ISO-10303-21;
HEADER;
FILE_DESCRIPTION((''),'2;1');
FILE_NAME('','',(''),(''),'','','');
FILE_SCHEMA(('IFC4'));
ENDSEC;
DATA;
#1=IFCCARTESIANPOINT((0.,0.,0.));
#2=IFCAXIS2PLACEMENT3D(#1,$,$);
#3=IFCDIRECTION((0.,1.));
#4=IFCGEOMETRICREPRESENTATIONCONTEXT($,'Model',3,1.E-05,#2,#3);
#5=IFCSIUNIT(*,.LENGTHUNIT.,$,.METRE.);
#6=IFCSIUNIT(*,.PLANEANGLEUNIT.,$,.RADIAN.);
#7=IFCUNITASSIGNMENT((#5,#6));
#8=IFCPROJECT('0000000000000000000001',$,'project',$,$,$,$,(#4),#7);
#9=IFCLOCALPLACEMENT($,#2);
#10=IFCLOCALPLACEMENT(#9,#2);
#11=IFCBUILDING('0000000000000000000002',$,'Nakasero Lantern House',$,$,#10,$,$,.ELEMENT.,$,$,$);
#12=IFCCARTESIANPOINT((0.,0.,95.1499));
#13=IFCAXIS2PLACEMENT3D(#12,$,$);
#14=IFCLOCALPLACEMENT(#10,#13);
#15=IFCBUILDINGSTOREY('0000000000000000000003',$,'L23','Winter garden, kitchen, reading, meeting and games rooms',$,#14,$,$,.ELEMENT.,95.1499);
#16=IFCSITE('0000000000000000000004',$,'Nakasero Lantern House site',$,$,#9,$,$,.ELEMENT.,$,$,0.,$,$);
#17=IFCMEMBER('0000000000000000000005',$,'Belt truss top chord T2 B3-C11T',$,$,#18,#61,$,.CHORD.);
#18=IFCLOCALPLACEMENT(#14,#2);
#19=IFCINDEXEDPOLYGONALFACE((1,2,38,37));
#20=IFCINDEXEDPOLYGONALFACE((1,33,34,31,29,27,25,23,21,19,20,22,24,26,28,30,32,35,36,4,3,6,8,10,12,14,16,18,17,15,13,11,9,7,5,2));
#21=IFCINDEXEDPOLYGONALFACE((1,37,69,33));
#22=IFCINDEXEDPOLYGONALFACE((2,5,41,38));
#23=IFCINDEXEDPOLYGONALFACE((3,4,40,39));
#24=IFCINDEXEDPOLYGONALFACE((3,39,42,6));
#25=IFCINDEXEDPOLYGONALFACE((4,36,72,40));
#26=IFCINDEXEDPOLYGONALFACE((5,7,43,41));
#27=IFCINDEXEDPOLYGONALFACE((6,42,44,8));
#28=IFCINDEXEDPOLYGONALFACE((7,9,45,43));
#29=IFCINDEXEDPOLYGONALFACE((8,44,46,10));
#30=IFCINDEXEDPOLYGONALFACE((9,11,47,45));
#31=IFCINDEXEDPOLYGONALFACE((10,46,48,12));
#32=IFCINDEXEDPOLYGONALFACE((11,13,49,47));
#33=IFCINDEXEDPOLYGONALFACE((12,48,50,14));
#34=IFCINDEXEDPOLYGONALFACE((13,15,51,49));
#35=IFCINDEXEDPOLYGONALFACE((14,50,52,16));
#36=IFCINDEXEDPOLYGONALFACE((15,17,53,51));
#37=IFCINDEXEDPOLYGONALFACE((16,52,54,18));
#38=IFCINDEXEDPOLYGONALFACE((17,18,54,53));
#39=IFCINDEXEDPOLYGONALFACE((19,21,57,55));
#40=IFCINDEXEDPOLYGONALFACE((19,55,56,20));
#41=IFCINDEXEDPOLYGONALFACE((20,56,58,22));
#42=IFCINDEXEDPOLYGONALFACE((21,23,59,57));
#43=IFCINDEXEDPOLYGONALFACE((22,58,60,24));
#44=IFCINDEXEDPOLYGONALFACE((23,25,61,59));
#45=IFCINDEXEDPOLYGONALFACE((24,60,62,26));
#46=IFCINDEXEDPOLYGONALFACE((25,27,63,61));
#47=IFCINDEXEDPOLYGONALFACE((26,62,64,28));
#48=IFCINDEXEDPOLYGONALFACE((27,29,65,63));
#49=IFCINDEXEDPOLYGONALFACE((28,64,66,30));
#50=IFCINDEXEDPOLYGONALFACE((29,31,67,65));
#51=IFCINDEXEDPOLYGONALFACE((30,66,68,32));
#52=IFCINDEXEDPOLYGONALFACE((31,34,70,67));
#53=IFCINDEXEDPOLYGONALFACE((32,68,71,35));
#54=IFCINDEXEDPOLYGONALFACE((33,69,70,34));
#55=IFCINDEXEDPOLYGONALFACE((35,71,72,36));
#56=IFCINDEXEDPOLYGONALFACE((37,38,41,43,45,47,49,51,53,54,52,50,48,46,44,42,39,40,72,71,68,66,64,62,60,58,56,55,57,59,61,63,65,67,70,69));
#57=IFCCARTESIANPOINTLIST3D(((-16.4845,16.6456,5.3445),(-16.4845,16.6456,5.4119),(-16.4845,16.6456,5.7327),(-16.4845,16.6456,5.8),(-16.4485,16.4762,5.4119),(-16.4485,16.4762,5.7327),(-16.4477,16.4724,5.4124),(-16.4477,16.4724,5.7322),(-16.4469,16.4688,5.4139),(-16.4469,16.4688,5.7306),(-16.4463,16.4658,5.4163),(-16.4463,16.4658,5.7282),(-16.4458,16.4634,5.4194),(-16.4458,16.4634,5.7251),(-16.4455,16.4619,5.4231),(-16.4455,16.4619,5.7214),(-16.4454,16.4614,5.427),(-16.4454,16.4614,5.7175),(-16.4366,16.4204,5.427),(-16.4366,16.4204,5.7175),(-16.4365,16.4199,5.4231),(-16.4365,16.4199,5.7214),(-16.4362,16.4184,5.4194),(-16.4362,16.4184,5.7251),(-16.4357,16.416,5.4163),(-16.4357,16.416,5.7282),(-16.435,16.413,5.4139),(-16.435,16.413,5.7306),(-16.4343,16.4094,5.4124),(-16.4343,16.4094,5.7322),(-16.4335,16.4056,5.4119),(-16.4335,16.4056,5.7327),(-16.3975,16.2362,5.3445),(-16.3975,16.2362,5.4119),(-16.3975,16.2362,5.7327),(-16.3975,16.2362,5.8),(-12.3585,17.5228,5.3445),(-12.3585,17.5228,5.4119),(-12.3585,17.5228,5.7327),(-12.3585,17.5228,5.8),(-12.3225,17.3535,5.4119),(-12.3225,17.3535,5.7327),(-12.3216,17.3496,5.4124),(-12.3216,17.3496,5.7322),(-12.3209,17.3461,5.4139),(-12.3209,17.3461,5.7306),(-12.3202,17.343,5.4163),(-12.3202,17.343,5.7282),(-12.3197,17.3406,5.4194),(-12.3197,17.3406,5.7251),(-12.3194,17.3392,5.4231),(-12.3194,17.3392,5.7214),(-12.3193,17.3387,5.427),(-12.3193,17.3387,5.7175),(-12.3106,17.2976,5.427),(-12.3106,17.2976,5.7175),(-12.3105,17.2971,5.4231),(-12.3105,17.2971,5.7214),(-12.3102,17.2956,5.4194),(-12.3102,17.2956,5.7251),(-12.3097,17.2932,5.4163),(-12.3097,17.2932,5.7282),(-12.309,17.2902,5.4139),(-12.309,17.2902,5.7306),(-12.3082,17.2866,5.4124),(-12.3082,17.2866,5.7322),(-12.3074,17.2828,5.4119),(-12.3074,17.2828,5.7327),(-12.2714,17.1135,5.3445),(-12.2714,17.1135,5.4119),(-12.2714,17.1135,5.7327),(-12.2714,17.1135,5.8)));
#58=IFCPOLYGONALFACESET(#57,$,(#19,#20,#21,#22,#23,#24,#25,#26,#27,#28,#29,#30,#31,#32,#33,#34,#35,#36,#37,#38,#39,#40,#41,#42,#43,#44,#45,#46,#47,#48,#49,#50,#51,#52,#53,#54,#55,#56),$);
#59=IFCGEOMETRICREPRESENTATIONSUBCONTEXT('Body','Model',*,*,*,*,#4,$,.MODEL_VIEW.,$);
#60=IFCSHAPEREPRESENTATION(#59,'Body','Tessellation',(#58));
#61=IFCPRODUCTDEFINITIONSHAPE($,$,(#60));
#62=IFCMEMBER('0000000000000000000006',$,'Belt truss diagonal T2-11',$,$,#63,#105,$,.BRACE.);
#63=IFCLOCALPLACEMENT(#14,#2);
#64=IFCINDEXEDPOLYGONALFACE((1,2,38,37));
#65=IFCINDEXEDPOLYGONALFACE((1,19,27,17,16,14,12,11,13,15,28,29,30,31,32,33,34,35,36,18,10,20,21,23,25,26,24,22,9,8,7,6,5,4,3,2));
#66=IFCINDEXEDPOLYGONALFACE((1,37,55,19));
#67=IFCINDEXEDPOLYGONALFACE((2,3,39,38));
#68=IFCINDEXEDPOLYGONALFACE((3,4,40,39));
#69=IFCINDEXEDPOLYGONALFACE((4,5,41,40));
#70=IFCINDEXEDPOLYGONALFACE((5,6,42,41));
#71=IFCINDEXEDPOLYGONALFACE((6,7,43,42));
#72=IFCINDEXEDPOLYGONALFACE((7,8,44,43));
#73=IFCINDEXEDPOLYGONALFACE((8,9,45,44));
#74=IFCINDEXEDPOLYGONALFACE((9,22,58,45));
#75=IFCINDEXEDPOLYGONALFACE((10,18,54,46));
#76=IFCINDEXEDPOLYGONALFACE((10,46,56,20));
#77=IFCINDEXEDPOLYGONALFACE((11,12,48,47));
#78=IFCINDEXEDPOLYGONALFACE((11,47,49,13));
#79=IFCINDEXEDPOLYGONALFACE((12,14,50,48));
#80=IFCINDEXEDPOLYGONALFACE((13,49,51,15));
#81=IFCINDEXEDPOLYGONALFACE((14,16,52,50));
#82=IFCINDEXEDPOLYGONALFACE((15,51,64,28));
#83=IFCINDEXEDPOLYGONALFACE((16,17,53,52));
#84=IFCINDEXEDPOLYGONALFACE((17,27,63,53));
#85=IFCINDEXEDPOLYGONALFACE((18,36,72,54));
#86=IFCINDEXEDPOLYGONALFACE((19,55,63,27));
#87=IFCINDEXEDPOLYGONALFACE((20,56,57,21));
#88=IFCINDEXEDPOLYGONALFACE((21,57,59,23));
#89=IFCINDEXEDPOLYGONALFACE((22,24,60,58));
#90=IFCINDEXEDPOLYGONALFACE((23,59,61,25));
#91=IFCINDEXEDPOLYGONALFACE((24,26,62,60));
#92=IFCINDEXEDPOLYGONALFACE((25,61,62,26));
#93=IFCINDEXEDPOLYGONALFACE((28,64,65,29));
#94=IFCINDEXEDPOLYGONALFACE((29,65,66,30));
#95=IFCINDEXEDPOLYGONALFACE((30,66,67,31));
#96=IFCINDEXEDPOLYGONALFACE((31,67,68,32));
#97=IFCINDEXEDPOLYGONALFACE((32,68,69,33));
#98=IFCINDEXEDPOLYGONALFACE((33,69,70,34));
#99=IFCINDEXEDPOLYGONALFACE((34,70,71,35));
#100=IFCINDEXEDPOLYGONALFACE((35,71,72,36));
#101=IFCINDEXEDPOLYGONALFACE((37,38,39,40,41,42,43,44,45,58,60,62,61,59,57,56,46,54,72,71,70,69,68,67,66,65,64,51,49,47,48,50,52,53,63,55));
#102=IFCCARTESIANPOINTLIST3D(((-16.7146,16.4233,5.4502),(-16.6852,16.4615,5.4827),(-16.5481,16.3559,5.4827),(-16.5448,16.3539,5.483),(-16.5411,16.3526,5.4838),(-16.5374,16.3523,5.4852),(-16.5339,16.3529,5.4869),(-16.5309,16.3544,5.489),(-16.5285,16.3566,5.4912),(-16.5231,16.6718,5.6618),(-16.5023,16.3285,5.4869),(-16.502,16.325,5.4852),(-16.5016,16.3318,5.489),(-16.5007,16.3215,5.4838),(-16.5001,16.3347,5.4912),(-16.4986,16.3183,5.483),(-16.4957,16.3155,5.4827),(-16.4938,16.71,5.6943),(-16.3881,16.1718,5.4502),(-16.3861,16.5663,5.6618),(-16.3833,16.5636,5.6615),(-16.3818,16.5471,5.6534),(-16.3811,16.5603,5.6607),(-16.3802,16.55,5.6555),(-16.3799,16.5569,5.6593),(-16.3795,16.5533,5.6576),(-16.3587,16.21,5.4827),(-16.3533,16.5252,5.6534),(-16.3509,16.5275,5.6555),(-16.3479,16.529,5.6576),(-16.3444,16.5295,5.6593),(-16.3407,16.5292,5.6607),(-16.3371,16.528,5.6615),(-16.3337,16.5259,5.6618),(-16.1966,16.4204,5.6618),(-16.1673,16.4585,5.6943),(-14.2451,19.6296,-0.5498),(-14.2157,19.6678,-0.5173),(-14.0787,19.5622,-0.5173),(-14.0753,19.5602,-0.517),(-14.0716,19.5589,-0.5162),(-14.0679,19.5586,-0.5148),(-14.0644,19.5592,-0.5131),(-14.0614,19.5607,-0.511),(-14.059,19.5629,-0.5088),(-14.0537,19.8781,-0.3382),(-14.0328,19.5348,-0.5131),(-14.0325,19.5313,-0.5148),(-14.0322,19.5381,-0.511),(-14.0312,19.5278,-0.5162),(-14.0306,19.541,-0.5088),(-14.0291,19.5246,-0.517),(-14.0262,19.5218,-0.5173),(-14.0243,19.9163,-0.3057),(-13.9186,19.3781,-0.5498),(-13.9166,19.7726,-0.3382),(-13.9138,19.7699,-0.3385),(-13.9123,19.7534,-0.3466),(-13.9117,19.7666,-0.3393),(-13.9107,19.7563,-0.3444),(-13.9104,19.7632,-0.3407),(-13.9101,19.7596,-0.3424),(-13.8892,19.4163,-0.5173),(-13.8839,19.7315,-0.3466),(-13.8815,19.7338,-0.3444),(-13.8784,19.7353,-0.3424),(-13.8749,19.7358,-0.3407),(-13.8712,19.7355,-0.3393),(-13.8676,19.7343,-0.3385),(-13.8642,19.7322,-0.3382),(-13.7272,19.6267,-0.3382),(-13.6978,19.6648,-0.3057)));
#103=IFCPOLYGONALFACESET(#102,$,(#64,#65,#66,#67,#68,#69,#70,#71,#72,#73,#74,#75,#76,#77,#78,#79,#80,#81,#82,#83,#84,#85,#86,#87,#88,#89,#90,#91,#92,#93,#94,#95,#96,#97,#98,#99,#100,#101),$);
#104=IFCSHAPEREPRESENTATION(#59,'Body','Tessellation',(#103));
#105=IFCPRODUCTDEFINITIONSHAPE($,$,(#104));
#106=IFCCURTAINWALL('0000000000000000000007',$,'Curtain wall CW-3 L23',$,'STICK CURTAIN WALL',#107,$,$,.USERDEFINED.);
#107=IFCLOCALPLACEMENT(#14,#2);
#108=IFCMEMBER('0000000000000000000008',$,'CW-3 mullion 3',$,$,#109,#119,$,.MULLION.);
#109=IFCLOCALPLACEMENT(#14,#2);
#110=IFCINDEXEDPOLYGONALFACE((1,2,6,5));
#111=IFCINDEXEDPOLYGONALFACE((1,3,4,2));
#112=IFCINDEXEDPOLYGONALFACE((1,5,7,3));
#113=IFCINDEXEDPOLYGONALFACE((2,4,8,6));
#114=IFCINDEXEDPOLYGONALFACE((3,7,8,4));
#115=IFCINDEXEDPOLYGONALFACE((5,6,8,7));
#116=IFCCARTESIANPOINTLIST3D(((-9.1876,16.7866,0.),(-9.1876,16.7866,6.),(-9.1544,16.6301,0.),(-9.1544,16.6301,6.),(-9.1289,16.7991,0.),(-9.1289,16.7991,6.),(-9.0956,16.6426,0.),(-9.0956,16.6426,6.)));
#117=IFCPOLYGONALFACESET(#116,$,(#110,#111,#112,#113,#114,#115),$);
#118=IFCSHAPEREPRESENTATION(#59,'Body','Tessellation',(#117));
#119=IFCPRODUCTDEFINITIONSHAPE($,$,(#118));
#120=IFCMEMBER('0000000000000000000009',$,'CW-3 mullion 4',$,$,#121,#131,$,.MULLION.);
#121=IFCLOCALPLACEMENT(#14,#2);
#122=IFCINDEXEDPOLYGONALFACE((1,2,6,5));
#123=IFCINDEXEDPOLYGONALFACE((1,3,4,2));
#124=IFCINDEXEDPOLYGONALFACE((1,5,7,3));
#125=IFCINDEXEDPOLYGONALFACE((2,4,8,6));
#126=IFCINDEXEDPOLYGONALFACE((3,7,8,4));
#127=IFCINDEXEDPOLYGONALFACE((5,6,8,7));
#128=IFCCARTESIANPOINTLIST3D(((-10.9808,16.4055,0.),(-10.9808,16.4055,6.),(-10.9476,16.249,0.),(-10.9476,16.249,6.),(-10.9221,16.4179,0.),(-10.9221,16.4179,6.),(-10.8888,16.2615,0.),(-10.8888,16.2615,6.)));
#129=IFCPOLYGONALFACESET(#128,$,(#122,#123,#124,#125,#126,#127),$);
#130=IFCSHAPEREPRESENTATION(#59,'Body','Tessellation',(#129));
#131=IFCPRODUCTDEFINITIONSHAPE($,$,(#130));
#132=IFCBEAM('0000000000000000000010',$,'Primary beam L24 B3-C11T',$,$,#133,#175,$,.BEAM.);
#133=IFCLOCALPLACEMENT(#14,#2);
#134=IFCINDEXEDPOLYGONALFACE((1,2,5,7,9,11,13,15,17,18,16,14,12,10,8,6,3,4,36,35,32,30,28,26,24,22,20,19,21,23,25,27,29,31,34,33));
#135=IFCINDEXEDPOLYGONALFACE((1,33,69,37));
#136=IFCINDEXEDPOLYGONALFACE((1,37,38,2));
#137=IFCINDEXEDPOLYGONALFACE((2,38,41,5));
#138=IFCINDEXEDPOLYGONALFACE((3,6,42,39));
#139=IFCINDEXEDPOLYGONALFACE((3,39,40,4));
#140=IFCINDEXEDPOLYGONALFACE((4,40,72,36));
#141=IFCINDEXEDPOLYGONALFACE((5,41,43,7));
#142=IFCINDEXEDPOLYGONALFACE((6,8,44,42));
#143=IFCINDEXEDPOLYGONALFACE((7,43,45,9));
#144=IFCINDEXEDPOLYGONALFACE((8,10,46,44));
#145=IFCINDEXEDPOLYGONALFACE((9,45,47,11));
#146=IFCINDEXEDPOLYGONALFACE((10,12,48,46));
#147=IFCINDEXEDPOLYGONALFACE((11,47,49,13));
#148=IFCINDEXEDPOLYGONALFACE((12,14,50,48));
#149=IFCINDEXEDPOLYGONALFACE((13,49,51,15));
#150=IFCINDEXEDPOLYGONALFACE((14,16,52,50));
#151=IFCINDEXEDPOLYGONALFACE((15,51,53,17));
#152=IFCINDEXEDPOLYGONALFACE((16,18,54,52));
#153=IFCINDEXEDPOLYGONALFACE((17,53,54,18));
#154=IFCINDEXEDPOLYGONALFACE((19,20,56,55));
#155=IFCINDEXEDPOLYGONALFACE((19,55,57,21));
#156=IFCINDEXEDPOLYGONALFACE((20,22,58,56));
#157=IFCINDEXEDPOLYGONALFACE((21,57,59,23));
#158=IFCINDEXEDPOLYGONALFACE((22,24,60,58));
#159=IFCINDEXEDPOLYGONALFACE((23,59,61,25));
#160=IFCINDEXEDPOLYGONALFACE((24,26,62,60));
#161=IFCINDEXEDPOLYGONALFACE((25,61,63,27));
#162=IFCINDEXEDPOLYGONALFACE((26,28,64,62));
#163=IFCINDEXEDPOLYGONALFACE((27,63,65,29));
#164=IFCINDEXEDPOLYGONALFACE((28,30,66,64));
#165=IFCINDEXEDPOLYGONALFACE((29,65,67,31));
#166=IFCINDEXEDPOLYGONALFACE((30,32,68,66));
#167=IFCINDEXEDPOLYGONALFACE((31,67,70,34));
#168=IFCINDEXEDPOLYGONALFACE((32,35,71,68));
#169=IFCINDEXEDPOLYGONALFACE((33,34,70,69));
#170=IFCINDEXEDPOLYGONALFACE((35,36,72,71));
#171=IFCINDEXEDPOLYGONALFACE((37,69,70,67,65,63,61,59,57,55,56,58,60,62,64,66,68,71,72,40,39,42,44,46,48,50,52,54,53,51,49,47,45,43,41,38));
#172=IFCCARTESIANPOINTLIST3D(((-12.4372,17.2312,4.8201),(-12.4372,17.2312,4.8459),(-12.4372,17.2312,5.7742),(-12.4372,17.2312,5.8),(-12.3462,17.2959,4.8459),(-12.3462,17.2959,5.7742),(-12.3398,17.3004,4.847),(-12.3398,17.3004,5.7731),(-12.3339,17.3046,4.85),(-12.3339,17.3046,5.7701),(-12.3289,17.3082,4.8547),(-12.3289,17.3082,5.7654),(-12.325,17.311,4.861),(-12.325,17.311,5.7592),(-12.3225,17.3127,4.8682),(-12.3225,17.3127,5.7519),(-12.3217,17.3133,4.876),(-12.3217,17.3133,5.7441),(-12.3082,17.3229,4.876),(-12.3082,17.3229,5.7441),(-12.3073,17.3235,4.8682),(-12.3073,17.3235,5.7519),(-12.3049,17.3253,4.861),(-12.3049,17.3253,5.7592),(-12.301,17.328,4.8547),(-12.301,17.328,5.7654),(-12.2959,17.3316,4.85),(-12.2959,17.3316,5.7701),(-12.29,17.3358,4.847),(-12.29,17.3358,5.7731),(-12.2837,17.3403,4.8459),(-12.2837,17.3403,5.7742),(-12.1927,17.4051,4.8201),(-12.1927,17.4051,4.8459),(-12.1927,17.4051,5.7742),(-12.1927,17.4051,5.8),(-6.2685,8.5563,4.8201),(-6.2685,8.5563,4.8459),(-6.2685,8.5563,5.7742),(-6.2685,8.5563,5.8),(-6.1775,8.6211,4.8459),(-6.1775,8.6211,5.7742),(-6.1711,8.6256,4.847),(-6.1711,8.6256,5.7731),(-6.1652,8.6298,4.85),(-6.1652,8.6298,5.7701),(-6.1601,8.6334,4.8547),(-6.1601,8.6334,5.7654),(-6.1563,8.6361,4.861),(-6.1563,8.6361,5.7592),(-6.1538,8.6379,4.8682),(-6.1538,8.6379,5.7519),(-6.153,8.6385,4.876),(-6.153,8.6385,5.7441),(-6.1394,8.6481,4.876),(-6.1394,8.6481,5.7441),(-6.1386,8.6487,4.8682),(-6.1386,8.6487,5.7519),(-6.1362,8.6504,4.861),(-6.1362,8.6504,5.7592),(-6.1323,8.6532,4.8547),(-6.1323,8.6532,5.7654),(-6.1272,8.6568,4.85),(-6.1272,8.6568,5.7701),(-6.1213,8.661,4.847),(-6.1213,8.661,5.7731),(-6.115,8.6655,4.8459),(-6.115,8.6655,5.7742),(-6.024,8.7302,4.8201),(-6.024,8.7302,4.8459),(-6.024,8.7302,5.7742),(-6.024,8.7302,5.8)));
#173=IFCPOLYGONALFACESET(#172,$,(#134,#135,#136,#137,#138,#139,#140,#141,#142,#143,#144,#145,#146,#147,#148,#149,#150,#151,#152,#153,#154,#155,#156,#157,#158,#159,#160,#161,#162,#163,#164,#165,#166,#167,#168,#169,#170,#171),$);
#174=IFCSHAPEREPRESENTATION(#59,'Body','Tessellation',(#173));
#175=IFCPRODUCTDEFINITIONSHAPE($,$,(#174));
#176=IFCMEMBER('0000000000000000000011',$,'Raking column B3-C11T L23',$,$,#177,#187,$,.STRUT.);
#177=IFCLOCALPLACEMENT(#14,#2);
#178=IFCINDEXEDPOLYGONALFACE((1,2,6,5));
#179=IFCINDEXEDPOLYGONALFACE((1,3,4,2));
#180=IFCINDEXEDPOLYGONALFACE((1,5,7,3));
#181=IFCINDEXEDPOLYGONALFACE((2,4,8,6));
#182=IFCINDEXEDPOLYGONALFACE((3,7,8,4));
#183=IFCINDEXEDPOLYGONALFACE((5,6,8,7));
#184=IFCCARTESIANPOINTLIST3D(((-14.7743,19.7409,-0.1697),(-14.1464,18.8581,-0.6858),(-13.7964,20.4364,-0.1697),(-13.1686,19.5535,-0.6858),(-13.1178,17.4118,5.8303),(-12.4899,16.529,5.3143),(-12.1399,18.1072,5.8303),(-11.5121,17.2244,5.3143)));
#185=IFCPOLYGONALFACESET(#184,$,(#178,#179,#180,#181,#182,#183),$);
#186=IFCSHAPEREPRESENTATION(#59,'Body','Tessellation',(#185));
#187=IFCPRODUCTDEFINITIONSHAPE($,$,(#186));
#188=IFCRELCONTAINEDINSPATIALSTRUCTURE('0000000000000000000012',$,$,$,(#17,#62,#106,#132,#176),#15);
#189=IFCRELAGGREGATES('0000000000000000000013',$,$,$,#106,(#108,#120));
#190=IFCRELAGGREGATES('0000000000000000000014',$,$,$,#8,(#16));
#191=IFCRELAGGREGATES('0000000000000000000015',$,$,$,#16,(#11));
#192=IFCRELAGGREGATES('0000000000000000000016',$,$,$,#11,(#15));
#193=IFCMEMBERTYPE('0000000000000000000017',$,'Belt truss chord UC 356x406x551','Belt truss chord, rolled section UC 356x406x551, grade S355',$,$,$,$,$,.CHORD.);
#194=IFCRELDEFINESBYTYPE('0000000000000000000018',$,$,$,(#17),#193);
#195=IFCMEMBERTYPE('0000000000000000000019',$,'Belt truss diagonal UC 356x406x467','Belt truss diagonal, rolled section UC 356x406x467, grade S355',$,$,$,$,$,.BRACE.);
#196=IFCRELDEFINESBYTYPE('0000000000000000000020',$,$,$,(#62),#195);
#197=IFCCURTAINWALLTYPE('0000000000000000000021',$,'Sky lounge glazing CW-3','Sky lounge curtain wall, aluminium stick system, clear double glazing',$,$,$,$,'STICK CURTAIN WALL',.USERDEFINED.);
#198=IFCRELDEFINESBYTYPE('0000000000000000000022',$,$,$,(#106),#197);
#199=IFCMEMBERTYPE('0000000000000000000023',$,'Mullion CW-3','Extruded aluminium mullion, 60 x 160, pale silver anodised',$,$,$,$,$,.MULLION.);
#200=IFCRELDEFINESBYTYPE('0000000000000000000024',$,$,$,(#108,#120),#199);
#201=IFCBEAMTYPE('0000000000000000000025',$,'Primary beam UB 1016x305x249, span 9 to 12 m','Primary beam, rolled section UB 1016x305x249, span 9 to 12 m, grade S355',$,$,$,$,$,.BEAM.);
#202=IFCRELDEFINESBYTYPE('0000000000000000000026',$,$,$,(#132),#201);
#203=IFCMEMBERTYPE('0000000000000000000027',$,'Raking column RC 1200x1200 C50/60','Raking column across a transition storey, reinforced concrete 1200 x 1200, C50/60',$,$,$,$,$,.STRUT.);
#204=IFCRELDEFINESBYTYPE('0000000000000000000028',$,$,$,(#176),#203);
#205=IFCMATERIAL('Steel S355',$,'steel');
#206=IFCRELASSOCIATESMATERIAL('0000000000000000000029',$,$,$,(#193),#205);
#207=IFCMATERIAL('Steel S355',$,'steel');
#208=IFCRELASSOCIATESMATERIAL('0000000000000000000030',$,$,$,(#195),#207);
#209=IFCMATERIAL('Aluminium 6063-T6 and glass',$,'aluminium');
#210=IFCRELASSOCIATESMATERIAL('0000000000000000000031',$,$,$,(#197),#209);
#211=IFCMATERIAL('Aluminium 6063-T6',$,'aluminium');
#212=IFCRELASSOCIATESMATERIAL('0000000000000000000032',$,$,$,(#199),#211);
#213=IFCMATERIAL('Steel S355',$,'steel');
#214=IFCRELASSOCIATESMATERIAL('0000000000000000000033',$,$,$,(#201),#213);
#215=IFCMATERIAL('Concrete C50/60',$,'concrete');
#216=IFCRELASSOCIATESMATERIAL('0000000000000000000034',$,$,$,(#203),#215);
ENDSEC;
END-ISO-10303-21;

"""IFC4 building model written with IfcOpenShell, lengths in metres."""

from ifc_helpers import new_model, si_unit, direction, frame, origin, origin_2d, place, context, subcontext, project, spatial, rectangle, i_section, extrude, material, material_profile, profile_set, type_object, element, aggregate, save


model = new_model("IFC4")

# Units and contexts
model_context = context("Model", 3, precision=1e-05, world=origin(), true_north=direction((0.0, 1.0)))
body_context = subcontext(model_context, "Body", "Model", "MODEL_VIEW")
ifc_project = project(units=[si_unit("LENGTHUNIT", "METRE"), si_unit("PLANEANGLEUNIT", "RADIAN")], contexts=[model_context])

# Site, building, storey
site_placement = place(None, origin())
site = spatial("IfcSite", under=ifc_project, at=site_placement, Name="Nakasero Lantern House site", CompositionType="ELEMENT", RefElevation=0.0)
building_placement = place(site_placement, origin())
building = spatial("IfcBuilding", under=site, at=building_placement, Name="Nakasero Lantern House", CompositionType="ELEMENT")
storey_placement = place(building_placement, frame((0.0, 0.0, 95.1499)))
storey = spatial("IfcBuildingStorey", under=building, at=storey_placement, Name="L23", Description="Winter garden, kitchen, reading, meeting and games rooms", CompositionType="ELEMENT", Elevation=95.1499)

# Members
ifc_material_1 = material(Name="Steel S355", Category="steel")
ifc_material_profile_1 = material_profile(ifc_material_1, i_section(OverallWidth=0.4185, OverallDepth=0.4556, WebThickness=0.042, FlangeThickness=0.0674, FilletRadius=0.0151, at=origin_2d()), Name="UC 356x406x551")
ifc_profile_set_1 = profile_set([ifc_material_profile_1], Name="Steel S355")
member_type_1 = type_object("IfcMemberType", Name="Belt truss chord UC 356x406x551", Description="Belt truss chord, rolled section UC 356x406x551, grade S355", PredefinedType="CHORD", material=ifc_profile_set_1)
member_1_placement = place(storey_placement, frame((-12.3149, 17.3181, 5.5723), z_axis=(-0.978138, -0.207956, 0.0), x_axis=(0.207956, -0.978138, 0.0)))
element("IfcMember", 1, at=member_1_placement, inside=storey, type_object=member_type_1, Name="Belt truss top chord T2 B3-C11T", PredefinedType="CHORD", context=body_context, shape_type="SweptSolid", body=[
    extrude(i_section(OverallWidth=0.4185, OverallDepth=0.4556, WebThickness=0.042, FlangeThickness=0.0674, FilletRadius=0.0151, at=origin_2d()), origin(), (0.0, 0.0, 1.0), 4.2183),
])
ifc_material_2 = material(Name="Steel S355", Category="steel")
ifc_material_profile_2 = material_profile(ifc_material_2, i_section(OverallWidth=0.4121, OverallDepth=0.4365, WebThickness=0.0359, FlangeThickness=0.0581, FilletRadius=0.0151, at=origin_2d()), Name="UC 356x406x467")
ifc_profile_set_2 = profile_set([ifc_material_profile_2], Name="Steel S355")
member_type_2 = type_object("IfcMemberType", Name="Belt truss diagonal UC 356x406x467", Description="Belt truss diagonal, rolled section UC 356x406x467, grade S355", PredefinedType="BRACE", material=ifc_profile_set_2)
member_2_placement = place(storey_placement, frame((-13.9714, 19.6472, -0.4277), z_axis=(-0.341215, -0.443023, 0.829037), x_axis=(0.792254, -0.610192, 0.0)))
element("IfcMember", 2, at=member_2_placement, inside=storey, type_object=member_type_2, Name="Belt truss diagonal T2-11", PredefinedType="BRACE", context=body_context, shape_type="SweptSolid", body=[
    extrude(i_section(OverallWidth=0.4121, OverallDepth=0.4365, WebThickness=0.0359, FlangeThickness=0.0581, FilletRadius=0.0151, at=origin_2d()), origin(), (0.0, 0.0, 1.0), 7.2373),
])

# Curtain wall, members
ifc_material_3 = material(Name="Aluminium 6063-T6 and glass", Category="aluminium")
curtain_wall_type = type_object("IfcCurtainWallType", Name="Sky lounge glazing CW-3", Description="Sky lounge curtain wall, aluminium stick system, clear double glazing", ElementType="STICK CURTAIN WALL", PredefinedType="USERDEFINED", material=ifc_material_3)
curtain_wall_placement = place(storey_placement, origin())
curtain_wall = element("IfcCurtainWall", 3, at=curtain_wall_placement, inside=storey, type_object=curtain_wall_type, Name="Curtain wall CW-3 L23", ObjectType="STICK CURTAIN WALL", PredefinedType="USERDEFINED")
ifc_material_4 = material(Name="Aluminium 6063-T6", Category="aluminium")
ifc_material_profile_3 = material_profile(ifc_material_4, rectangle(XDim=0.0601, YDim=0.1599, at=origin_2d()), Name="CW-3 mullion 60x160")
ifc_profile_set_3 = profile_set([ifc_material_profile_3], Name="Aluminium 6063-T6")
member_type_3 = type_object("IfcMemberType", Name="Mullion CW-3", Description="Extruded aluminium mullion, 60 x 160, pale silver anodised", PredefinedType="MULLION", material=ifc_profile_set_3)
member_3_placement = place(storey_placement, frame((-9.1416, 16.7146, 0.0), z_axis=(0.0, 0.0, 1.0), x_axis=(-0.978148, -0.207912, 0.0)))
member_3 = element("IfcMember", 4, at=member_3_placement, type_object=member_type_3, Name="CW-3 mullion 3", PredefinedType="MULLION", context=body_context, shape_type="SweptSolid", body=[
    extrude(rectangle(XDim=0.0601, YDim=0.1599, at=origin_2d()), origin(), (0.0, 0.0, 1.0), 6.0),
])
member_4_placement = place(storey_placement, frame((-10.9348, 16.3335, 0.0), z_axis=(0.0, 0.0, 1.0), x_axis=(-0.978148, -0.207912, 0.0)))
member_4 = element("IfcMember", 5, at=member_4_placement, type_object=member_type_3, Name="CW-3 mullion 4", PredefinedType="MULLION", context=body_context, shape_type="SweptSolid", body=[
    extrude(rectangle(XDim=0.0601, YDim=0.1599, at=origin_2d()), origin(), (0.0, 0.0, 1.0), 6.0),
])

# Beam
ifc_material_5 = material(Name="Steel S355", Category="steel")
ifc_material_profile_4 = material_profile(ifc_material_5, i_section(OverallWidth=0.3, OverallDepth=0.98, WebThickness=0.0166, FlangeThickness=0.0259, FilletRadius=0.03, at=origin_2d()), Name="UB 1016x305x249")
ifc_profile_set_4 = profile_set([ifc_material_profile_4], Name="Steel S355")
beam_type = type_object("IfcBeamType", Name="Primary beam UB 1016x305x249, span 9 to 12 m", Description="Primary beam, rolled section UB 1016x305x249, span 9 to 12 m, grade S355", PredefinedType="BEAM", material=ifc_profile_set_4)
beam_placement = place(storey_placement, frame((-12.3149, 17.3181, 5.3101), z_axis=(0.579521, -0.814957, 0.0), x_axis=(0.814957, 0.579521, 0.0)))
element("IfcBeam", 6, at=beam_placement, inside=storey, type_object=beam_type, Name="Primary beam L24 B3-C11T", PredefinedType="BEAM", context=body_context, shape_type="SweptSolid", body=[
    extrude(i_section(OverallWidth=0.3, OverallDepth=0.98, WebThickness=0.0166, FlangeThickness=0.0259, FilletRadius=0.03, at=origin_2d()), origin(), (0.0, 0.0, 1.0), 10.6445),
])

# Member
ifc_material_6 = material(Name="Concrete C50/60", Category="concrete")
ifc_material_profile_5 = material_profile(ifc_material_6, rectangle(XDim=1.2, YDim=1.2, at=origin_2d()), Name="RC 1200x1200")
ifc_profile_set_5 = profile_set([ifc_material_profile_5], Name="Concrete C50/60")
member_type_4 = type_object("IfcMemberType", Name="Raking column RC 1200x1200 C50/60", Description="Raking column across a transition storey, reinforced concrete 1200 x 1200, C50/60", PredefinedType="STRUT", material=ifc_profile_set_5)
member_5_placement = place(storey_placement, frame((-13.9714, 19.6472, -0.4277), z_axis=(0.249249, -0.350454, 0.902805), x_axis=(0.814915, 0.579581, 0.0)))
element("IfcMember", 7, at=member_5_placement, inside=storey, type_object=member_type_4, Name="Raking column B3-C11T L23", PredefinedType="STRUT", context=body_context, shape_type="SweptSolid", body=[
    extrude(rectangle(XDim=1.2, YDim=1.2, at=origin_2d()), origin(), (0.0, 0.0, 1.0), 6.646),
])

aggregate(curtain_wall, [member_3, member_4])

save(model, "model.ifc")
